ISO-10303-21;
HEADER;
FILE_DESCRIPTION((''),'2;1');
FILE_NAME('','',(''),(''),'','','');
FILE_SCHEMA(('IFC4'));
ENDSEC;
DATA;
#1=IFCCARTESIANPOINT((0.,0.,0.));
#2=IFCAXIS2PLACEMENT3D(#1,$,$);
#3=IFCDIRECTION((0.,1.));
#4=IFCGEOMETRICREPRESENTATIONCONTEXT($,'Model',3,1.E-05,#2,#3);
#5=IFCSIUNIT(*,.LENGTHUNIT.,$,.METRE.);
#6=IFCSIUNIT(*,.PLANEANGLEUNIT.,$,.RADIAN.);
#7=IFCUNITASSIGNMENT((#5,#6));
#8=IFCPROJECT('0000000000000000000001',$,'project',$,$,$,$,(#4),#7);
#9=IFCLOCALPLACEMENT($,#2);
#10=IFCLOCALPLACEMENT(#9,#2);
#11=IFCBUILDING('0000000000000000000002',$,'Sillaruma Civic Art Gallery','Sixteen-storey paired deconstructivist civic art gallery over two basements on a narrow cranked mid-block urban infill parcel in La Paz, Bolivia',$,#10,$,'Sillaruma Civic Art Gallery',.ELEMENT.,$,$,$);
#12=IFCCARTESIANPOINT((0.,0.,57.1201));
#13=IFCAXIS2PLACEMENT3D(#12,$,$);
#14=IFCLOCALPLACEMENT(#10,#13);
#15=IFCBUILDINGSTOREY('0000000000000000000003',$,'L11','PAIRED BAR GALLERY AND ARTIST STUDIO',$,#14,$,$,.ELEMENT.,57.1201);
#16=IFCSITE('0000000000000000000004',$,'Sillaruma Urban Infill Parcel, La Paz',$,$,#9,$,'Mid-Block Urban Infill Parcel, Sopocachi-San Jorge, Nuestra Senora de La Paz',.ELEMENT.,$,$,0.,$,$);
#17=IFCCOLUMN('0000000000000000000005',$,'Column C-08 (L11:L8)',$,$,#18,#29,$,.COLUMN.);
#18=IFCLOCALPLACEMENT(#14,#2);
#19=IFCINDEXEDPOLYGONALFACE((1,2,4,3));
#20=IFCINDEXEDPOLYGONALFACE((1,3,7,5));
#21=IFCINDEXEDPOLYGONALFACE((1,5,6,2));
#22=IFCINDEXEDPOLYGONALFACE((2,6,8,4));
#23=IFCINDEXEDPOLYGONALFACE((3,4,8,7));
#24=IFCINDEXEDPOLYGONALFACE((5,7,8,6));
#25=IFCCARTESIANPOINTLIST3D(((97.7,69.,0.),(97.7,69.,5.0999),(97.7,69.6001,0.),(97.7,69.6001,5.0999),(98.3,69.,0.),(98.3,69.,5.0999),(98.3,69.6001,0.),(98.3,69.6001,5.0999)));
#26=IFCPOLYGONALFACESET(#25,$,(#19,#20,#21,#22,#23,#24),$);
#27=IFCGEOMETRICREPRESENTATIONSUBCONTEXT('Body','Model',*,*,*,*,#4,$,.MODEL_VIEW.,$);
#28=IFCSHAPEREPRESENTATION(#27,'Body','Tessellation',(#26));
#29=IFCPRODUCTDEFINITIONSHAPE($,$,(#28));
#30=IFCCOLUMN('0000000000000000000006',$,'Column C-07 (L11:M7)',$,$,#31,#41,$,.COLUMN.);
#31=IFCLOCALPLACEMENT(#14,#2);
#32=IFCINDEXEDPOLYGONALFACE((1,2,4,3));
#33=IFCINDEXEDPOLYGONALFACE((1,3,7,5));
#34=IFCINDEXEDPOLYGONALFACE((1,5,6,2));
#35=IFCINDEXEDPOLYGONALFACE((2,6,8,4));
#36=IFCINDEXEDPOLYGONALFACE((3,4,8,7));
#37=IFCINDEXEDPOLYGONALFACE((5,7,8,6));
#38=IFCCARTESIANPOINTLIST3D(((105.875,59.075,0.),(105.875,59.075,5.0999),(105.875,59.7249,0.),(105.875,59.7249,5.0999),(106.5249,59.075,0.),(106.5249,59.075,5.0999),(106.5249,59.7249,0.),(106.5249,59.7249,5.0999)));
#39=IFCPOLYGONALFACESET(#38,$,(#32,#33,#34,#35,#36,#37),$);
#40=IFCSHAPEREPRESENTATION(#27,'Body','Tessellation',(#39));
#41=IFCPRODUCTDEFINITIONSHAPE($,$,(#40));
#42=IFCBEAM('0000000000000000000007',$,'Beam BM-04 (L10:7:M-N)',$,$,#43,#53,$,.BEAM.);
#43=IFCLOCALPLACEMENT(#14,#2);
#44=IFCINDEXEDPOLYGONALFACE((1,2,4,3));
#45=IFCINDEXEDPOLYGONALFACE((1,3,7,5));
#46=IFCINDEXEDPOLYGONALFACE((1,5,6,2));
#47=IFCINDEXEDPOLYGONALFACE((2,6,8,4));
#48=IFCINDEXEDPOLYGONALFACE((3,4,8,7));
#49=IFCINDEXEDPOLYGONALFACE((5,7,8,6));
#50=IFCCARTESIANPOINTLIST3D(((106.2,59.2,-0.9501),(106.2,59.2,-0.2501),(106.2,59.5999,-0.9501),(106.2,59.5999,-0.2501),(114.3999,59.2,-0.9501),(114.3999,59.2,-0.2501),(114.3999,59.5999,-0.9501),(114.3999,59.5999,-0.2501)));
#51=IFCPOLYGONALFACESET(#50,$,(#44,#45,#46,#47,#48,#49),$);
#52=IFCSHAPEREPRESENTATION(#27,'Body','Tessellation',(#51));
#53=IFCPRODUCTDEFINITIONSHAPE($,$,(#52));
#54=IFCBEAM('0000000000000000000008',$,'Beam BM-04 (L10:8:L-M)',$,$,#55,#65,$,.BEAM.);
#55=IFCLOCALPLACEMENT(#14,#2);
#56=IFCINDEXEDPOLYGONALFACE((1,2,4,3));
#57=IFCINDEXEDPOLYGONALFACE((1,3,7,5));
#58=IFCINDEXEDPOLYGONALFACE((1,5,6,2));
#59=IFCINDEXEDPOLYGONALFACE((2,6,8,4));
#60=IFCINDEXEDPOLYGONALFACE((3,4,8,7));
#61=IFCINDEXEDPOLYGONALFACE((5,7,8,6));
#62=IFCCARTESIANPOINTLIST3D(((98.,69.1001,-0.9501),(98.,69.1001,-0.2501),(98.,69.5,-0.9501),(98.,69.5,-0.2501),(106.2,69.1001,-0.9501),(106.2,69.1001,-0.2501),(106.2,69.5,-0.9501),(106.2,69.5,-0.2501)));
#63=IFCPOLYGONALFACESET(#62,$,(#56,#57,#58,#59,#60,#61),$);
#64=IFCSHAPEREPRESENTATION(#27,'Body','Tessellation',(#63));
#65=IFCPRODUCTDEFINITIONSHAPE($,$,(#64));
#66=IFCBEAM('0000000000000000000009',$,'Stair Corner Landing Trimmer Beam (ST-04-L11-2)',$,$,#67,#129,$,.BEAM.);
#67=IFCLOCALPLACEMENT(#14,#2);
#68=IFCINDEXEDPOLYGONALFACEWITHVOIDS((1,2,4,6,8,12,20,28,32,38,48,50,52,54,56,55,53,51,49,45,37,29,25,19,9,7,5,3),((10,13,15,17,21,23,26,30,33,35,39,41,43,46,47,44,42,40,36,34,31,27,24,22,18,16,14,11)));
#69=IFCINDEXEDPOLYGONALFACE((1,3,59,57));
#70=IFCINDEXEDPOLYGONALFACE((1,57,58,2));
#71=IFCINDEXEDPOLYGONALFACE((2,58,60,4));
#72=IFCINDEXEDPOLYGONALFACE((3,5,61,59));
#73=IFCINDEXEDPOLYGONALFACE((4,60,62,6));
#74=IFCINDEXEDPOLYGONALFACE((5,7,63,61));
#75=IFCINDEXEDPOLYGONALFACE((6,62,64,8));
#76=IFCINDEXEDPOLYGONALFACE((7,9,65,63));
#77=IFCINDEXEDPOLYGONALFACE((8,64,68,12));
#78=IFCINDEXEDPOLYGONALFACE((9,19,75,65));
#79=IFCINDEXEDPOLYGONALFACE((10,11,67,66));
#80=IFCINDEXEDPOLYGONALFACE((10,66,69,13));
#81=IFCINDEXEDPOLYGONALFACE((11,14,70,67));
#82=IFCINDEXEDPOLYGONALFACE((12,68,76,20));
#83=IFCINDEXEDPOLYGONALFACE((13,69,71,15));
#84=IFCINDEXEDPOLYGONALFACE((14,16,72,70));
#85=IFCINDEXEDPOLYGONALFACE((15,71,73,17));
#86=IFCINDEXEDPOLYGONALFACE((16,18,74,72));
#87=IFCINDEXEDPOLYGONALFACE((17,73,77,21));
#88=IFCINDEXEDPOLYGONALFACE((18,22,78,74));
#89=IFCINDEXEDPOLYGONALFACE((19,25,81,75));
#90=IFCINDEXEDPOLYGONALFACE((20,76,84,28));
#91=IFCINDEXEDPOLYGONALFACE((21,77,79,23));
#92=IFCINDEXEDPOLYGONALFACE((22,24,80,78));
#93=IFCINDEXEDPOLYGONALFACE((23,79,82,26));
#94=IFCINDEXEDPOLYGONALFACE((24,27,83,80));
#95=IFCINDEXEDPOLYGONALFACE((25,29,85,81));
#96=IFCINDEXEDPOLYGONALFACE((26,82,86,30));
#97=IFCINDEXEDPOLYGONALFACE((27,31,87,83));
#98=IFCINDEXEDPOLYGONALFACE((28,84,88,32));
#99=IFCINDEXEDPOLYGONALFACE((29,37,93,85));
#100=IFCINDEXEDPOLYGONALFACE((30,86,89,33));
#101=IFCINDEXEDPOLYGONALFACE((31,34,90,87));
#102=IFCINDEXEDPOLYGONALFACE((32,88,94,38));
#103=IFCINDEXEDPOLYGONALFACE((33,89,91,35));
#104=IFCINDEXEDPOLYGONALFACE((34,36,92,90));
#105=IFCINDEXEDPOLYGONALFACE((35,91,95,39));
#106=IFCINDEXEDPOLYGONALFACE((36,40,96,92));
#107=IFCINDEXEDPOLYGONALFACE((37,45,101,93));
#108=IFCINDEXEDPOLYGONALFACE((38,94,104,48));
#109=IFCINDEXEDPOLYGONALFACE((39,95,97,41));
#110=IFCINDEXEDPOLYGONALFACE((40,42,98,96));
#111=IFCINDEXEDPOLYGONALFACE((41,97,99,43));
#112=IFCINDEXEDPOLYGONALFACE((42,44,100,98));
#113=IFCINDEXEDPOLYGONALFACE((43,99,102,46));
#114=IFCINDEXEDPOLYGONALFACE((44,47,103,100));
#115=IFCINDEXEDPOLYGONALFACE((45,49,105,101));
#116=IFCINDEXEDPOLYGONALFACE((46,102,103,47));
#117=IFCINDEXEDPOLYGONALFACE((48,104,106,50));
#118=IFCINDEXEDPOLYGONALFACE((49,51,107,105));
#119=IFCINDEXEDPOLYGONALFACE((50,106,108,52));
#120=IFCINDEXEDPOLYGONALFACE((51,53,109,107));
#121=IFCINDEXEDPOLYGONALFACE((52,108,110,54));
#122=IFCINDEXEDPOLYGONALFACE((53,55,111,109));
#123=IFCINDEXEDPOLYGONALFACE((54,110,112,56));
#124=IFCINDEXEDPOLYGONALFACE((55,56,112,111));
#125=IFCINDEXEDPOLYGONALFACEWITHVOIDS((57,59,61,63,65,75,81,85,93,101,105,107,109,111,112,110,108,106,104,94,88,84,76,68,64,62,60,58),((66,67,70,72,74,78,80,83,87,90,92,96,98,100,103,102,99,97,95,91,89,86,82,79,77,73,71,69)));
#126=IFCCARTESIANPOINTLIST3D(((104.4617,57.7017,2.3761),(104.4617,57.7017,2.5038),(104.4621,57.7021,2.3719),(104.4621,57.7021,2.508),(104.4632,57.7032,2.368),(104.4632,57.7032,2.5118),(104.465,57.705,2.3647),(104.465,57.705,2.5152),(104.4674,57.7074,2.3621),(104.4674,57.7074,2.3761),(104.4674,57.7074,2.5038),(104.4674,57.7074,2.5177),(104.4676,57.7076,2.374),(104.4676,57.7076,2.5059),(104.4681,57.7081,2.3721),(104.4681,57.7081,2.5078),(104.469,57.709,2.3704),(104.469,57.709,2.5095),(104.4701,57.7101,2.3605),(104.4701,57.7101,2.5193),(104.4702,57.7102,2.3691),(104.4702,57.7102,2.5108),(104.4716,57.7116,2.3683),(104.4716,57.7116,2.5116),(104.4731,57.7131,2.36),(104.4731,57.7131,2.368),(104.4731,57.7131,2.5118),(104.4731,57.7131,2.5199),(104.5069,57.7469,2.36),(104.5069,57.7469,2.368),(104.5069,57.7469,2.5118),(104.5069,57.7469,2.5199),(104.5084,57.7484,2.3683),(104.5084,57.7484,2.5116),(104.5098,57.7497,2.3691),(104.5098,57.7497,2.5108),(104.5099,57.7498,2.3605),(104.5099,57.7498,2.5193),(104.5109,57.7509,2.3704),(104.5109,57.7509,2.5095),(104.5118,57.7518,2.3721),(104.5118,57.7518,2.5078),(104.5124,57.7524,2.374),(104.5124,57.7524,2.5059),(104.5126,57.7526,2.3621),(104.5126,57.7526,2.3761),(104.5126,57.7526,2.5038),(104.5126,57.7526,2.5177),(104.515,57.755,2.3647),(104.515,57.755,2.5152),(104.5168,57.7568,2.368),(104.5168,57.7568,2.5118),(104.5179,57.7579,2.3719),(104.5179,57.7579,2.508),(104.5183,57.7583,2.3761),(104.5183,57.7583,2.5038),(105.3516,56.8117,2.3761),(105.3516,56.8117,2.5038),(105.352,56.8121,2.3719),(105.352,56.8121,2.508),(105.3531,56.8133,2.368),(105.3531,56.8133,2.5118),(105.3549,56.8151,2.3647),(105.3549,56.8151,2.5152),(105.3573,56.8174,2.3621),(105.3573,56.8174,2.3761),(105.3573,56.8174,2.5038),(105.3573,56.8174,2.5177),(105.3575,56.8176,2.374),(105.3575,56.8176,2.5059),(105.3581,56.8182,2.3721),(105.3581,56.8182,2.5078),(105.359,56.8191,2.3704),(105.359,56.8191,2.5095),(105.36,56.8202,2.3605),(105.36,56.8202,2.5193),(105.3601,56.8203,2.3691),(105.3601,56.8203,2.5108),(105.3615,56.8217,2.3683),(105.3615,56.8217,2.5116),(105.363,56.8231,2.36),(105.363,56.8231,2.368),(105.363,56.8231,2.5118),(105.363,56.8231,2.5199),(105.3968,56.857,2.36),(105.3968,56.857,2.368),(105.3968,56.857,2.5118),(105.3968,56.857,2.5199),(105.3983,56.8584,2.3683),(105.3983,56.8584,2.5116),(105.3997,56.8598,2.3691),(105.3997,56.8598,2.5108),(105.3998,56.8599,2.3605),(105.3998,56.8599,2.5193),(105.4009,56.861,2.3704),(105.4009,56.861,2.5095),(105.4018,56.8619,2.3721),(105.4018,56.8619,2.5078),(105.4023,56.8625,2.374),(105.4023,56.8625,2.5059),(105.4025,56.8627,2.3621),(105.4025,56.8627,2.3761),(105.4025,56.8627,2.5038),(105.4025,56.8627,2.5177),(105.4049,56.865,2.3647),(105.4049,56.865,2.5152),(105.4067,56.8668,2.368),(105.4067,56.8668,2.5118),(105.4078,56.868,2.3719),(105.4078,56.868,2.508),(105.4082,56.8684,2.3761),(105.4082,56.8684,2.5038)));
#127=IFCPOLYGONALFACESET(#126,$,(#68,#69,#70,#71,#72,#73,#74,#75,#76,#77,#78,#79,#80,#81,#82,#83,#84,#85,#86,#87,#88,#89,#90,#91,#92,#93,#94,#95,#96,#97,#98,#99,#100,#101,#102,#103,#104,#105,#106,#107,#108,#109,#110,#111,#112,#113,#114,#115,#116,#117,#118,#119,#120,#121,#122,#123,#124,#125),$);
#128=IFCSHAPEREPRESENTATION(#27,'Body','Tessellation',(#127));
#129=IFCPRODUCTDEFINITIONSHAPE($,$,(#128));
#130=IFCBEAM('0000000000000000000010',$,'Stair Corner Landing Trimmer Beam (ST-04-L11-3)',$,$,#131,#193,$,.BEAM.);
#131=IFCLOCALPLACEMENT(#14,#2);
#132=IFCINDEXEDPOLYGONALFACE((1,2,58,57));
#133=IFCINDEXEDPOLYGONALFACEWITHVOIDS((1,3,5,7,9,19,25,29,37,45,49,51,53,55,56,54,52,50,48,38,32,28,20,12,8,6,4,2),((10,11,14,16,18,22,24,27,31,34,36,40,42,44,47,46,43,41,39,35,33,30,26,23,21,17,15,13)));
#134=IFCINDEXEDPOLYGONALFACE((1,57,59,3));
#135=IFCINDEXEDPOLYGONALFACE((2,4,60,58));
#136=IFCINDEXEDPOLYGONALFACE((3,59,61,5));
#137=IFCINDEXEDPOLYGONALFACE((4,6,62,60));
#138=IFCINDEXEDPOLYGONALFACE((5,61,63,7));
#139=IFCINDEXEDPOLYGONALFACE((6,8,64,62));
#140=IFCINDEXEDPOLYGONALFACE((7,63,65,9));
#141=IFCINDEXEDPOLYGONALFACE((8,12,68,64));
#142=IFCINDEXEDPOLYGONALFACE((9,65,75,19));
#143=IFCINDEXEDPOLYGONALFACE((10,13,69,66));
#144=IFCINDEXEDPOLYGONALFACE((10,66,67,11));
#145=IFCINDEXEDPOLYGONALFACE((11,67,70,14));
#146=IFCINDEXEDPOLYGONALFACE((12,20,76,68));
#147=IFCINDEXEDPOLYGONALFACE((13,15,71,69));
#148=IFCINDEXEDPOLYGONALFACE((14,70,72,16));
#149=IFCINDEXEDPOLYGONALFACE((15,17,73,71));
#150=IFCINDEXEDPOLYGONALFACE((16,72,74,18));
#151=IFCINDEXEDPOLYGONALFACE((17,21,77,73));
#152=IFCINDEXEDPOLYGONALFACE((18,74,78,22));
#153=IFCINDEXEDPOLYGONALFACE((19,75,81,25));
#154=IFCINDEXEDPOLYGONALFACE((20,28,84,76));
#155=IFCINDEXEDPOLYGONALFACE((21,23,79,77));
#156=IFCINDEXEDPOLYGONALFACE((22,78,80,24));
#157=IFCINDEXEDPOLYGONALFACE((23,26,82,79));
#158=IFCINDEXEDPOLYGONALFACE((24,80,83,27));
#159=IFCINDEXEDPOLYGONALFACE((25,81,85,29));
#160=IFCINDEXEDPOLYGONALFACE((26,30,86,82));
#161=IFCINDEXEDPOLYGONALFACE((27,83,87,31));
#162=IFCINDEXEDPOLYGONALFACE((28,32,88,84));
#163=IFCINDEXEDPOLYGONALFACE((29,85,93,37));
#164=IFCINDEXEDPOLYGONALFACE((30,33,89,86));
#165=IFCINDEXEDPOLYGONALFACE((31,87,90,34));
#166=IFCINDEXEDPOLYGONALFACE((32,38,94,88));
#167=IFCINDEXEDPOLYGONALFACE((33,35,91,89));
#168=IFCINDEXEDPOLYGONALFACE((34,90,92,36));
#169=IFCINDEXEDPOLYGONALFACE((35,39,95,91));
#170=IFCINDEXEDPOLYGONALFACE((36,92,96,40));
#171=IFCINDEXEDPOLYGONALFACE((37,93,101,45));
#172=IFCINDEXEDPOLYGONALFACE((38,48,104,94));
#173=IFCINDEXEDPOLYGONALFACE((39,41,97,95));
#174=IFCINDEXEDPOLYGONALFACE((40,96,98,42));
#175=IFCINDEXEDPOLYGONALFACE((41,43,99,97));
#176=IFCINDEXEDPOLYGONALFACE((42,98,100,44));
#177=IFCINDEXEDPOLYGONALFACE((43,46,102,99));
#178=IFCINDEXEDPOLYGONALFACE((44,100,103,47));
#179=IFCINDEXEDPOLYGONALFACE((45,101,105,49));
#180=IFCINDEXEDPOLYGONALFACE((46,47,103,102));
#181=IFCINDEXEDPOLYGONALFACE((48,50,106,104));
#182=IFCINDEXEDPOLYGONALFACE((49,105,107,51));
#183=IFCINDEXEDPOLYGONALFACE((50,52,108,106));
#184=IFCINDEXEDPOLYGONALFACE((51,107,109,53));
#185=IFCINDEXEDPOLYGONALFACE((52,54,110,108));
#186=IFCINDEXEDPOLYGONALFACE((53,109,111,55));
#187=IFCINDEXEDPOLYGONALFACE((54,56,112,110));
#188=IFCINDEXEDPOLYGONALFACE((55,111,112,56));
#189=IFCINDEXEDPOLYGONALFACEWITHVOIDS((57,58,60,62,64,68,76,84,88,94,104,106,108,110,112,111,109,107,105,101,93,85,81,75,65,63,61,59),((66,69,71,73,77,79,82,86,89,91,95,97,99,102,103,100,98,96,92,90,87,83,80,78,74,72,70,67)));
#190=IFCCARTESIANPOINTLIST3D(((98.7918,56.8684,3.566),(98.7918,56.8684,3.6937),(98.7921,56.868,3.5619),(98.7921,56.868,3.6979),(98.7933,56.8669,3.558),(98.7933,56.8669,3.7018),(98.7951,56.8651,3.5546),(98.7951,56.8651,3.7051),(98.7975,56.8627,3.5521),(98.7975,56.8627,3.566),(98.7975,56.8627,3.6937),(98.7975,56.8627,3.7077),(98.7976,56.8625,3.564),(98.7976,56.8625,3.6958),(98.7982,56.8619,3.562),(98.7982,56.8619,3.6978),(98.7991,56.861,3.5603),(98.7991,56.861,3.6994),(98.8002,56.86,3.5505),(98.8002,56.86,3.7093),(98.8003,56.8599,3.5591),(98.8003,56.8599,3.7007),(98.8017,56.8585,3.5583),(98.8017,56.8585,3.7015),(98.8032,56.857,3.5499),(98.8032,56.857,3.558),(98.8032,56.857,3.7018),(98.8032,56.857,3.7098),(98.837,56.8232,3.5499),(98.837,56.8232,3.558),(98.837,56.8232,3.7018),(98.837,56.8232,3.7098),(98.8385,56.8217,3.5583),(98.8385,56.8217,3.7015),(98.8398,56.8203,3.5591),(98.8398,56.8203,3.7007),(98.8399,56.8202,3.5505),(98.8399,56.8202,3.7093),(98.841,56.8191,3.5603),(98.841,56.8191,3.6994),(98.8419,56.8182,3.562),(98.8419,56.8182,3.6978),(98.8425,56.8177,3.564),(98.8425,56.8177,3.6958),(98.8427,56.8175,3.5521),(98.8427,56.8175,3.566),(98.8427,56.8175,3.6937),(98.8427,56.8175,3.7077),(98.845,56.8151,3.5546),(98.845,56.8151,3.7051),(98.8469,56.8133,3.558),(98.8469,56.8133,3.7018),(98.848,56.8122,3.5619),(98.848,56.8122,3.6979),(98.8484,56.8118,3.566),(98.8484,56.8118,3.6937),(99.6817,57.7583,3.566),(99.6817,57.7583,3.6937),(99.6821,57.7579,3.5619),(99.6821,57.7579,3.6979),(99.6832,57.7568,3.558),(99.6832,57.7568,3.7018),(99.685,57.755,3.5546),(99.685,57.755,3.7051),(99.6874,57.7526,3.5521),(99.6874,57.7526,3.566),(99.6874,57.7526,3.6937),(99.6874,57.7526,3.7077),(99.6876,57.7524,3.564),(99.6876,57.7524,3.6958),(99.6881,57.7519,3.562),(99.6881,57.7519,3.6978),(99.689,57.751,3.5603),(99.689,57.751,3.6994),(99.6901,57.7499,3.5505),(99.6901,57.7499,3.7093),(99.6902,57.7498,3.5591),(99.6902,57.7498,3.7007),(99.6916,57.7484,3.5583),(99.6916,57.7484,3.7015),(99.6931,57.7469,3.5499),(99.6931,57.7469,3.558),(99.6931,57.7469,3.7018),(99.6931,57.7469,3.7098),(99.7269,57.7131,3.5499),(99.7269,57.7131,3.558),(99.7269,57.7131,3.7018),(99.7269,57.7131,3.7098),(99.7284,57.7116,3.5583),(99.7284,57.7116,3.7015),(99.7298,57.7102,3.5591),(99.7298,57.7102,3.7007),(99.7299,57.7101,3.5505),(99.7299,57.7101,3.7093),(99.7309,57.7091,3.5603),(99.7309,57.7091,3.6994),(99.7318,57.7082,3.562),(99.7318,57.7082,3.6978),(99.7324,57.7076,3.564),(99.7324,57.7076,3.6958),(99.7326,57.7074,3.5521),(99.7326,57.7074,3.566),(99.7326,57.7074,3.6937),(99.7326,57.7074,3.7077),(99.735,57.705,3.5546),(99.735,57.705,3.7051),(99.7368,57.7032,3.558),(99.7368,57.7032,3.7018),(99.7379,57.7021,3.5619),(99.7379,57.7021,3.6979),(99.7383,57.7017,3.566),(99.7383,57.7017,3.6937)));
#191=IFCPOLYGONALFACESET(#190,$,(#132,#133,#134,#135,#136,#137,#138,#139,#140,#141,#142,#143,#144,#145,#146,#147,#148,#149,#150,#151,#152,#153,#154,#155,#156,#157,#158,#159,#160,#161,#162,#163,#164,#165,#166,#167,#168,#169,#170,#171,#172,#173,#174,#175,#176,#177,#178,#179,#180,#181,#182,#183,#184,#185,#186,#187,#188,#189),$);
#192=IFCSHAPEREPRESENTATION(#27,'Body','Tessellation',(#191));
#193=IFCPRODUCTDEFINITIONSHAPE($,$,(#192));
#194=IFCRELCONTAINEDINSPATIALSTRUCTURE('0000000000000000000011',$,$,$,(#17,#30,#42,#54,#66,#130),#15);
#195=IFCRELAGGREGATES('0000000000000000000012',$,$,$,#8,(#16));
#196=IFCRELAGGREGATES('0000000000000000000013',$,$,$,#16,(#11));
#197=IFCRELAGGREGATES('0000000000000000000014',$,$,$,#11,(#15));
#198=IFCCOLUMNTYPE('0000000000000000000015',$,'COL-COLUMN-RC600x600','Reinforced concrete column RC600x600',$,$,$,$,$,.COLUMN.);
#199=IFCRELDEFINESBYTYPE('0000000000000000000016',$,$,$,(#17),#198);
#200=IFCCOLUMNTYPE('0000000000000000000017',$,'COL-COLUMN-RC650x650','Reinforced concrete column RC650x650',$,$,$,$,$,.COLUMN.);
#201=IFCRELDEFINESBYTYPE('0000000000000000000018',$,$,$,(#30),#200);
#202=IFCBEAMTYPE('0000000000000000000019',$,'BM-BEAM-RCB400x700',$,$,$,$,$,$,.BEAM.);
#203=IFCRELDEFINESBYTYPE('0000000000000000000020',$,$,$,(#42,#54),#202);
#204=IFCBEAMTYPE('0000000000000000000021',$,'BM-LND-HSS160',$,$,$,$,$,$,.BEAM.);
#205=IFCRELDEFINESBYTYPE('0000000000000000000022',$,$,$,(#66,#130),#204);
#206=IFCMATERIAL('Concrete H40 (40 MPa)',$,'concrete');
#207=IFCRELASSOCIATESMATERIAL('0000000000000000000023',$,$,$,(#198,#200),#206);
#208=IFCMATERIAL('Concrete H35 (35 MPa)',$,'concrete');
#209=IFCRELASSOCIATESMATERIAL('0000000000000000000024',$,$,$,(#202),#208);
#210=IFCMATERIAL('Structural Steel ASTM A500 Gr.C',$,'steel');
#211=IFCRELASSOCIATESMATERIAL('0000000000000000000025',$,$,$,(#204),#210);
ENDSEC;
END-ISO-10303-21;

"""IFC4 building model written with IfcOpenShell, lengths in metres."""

from ifc_helpers import new_model, si_unit, direction, frame, origin, origin_2d, place, context, subcontext, project, spatial, rectangle, hollow_rectangle, extrude, material, material_profile, profile_set, type_object, element, save


model = new_model("IFC4")

# Units and contexts
model_context = context("Model", 3, precision=1e-05, world=origin(), true_north=direction((0.0, 1.0)))
body_context = subcontext(model_context, "Body", "Model", "MODEL_VIEW")
ifc_project = project(units=[si_unit("LENGTHUNIT", "METRE"), si_unit("PLANEANGLEUNIT", "RADIAN")], contexts=[model_context])

# Site, building, storey
site_placement = place(None, origin())
site = spatial("IfcSite", under=ifc_project, at=site_placement, Name="Sillaruma Urban Infill Parcel, La Paz", LongName="Mid-Block Urban Infill Parcel, Sopocachi-San Jorge, Nuestra Senora de La Paz", CompositionType="ELEMENT", RefElevation=0.0)
building_placement = place(site_placement, origin())
building = spatial("IfcBuilding", under=site, at=building_placement, Name="Sillaruma Civic Art Gallery", Description="Sixteen-storey paired deconstructivist civic art gallery over two basements on a narrow cranked mid-block urban infill parcel in La Paz, Bolivia", LongName="Sillaruma Civic Art Gallery", CompositionType="ELEMENT")
storey_placement = place(building_placement, frame((0.0, 0.0, 57.1201)))
storey = spatial("IfcBuildingStorey", under=building, at=storey_placement, Name="L11", Description="PAIRED BAR GALLERY AND ARTIST STUDIO", CompositionType="ELEMENT", Elevation=57.1201)

# Columns
ifc_material_1 = material(Name="Concrete H40 (40 MPa)", Category="concrete")
ifc_material_profile_1 = material_profile(ifc_material_1, rectangle(XDim=0.6001, YDim=0.6001, at=origin_2d()), Name="RC600x600")
ifc_profile_set_1 = profile_set([ifc_material_profile_1], Name="Concrete H40 (40 MPa)")
column_type_1 = type_object("IfcColumnType", Name="COL-COLUMN-RC600x600", Description="Reinforced concrete column RC600x600", PredefinedType="COLUMN", material=ifc_profile_set_1)
column_1_placement = place(storey_placement, frame((98.0, 69.3, 0.0), z_axis=(0.0, 0.0, 1.0), x_axis=(1.0, 0.0, 0.0)))
element("IfcColumn", 1, at=column_1_placement, inside=storey, type_object=column_type_1, Name="Column C-08 (L11:L8)", PredefinedType="COLUMN", context=body_context, shape_type="SweptSolid", body=[
    extrude(rectangle(XDim=0.6001, YDim=0.6001, at=origin_2d()), origin(), (0.0, 0.0, 1.0), 5.0999),
])
ifc_material_profile_2 = material_profile(ifc_material_1, rectangle(XDim=0.6499, YDim=0.6499, at=origin_2d()), Name="RC650x650")
ifc_profile_set_2 = profile_set([ifc_material_profile_2], Name="Concrete H40 (40 MPa)")
column_type_2 = type_object("IfcColumnType", Name="COL-COLUMN-RC650x650", Description="Reinforced concrete column RC650x650", PredefinedType="COLUMN", material=ifc_profile_set_2)
column_2_placement = place(storey_placement, frame((106.2, 59.3999, 0.0), z_axis=(0.0, 0.0, 1.0), x_axis=(1.0, 0.0, 0.0)))
element("IfcColumn", 2, at=column_2_placement, inside=storey, type_object=column_type_2, Name="Column C-07 (L11:M7)", PredefinedType="COLUMN", context=body_context, shape_type="SweptSolid", body=[
    extrude(rectangle(XDim=0.6499, YDim=0.6499, at=origin_2d()), origin(), (0.0, 0.0, 1.0), 5.0999),
])

# Beams
ifc_material_2 = material(Name="Concrete H35 (35 MPa)", Category="concrete")
ifc_material_profile_3 = material_profile(ifc_material_2, rectangle(XDim=0.3999, YDim=0.7, at=origin_2d()), Name="RCB400x700")
ifc_profile_set_3 = profile_set([ifc_material_profile_3], Name="Concrete H35 (35 MPa)")
beam_type_1 = type_object("IfcBeamType", Name="BM-BEAM-RCB400x700", PredefinedType="BEAM", material=ifc_profile_set_3)
for number, where, z_axis, x_axis, name in (
    (3, (106.2, 59.3999, -0.6001), (1.0, 0.0, 0.0), (0.0, 1.0, 0.0), "Beam BM-04 (L10:7:M-N)"),
    (4, (98.0, 69.3, -0.6001), (1.0, 0.0, 0.0), (0.0, 1.0, 0.0), "Beam BM-04 (L10:8:L-M)"),
):
    element("IfcBeam", number, at=place(storey_placement, frame(where, z_axis=z_axis, x_axis=x_axis)), inside=storey, type_object=beam_type_1, Name=name, PredefinedType="BEAM", context=body_context, shape_type="SweptSolid", body=[
        extrude(rectangle(XDim=0.3999, YDim=0.7, at=origin_2d()), origin(), (0.0, 0.0, 1.0), 8.2),
    ])
ifc_material_3 = material(Name="Structural Steel ASTM A500 Gr.C", Category="steel")
ifc_material_profile_4 = material_profile(ifc_material_3, hollow_rectangle(XDim=0.0801, YDim=0.1599, WallThickness=0.0081, InnerFilletRadius=0.0081, OuterFilletRadius=0.0161, at=origin_2d()), Name="HSS160x80x8")
ifc_profile_set_4 = profile_set([ifc_material_profile_4], Name="Structural Steel ASTM A500 Gr.C")
beam_type_2 = type_object("IfcBeamType", Name="BM-LND-HSS160", PredefinedType="BEAM", material=ifc_profile_set_4)
for number, where, z_axis, x_axis, name in (
    (5, (104.49, 57.73, 2.4399), (0.707107, -0.707107, 0.0), (0.707107, 0.707107, 0.0), "Stair Corner Landing Trimmer Beam (ST-04-L11-2)"),
    (6, (98.8201, 56.8401, 3.6299), (0.707107, 0.707107, 0.0), (-0.707107, 0.707107, 0.0), "Stair Corner Landing Trimmer Beam (ST-04-L11-3)"),
):
    element("IfcBeam", number, at=place(storey_placement, frame(where, z_axis=z_axis, x_axis=x_axis)), inside=storey, type_object=beam_type_2, Name=name, PredefinedType="BEAM", context=body_context, shape_type="SweptSolid", body=[
        extrude(hollow_rectangle(XDim=0.0801, YDim=0.1599, WallThickness=0.0081, InnerFilletRadius=0.0081, OuterFilletRadius=0.0161, at=origin_2d()), origin(), (0.0, 0.0, 1.0), 1.2585),
    ])

save(model, "model.ifc")
